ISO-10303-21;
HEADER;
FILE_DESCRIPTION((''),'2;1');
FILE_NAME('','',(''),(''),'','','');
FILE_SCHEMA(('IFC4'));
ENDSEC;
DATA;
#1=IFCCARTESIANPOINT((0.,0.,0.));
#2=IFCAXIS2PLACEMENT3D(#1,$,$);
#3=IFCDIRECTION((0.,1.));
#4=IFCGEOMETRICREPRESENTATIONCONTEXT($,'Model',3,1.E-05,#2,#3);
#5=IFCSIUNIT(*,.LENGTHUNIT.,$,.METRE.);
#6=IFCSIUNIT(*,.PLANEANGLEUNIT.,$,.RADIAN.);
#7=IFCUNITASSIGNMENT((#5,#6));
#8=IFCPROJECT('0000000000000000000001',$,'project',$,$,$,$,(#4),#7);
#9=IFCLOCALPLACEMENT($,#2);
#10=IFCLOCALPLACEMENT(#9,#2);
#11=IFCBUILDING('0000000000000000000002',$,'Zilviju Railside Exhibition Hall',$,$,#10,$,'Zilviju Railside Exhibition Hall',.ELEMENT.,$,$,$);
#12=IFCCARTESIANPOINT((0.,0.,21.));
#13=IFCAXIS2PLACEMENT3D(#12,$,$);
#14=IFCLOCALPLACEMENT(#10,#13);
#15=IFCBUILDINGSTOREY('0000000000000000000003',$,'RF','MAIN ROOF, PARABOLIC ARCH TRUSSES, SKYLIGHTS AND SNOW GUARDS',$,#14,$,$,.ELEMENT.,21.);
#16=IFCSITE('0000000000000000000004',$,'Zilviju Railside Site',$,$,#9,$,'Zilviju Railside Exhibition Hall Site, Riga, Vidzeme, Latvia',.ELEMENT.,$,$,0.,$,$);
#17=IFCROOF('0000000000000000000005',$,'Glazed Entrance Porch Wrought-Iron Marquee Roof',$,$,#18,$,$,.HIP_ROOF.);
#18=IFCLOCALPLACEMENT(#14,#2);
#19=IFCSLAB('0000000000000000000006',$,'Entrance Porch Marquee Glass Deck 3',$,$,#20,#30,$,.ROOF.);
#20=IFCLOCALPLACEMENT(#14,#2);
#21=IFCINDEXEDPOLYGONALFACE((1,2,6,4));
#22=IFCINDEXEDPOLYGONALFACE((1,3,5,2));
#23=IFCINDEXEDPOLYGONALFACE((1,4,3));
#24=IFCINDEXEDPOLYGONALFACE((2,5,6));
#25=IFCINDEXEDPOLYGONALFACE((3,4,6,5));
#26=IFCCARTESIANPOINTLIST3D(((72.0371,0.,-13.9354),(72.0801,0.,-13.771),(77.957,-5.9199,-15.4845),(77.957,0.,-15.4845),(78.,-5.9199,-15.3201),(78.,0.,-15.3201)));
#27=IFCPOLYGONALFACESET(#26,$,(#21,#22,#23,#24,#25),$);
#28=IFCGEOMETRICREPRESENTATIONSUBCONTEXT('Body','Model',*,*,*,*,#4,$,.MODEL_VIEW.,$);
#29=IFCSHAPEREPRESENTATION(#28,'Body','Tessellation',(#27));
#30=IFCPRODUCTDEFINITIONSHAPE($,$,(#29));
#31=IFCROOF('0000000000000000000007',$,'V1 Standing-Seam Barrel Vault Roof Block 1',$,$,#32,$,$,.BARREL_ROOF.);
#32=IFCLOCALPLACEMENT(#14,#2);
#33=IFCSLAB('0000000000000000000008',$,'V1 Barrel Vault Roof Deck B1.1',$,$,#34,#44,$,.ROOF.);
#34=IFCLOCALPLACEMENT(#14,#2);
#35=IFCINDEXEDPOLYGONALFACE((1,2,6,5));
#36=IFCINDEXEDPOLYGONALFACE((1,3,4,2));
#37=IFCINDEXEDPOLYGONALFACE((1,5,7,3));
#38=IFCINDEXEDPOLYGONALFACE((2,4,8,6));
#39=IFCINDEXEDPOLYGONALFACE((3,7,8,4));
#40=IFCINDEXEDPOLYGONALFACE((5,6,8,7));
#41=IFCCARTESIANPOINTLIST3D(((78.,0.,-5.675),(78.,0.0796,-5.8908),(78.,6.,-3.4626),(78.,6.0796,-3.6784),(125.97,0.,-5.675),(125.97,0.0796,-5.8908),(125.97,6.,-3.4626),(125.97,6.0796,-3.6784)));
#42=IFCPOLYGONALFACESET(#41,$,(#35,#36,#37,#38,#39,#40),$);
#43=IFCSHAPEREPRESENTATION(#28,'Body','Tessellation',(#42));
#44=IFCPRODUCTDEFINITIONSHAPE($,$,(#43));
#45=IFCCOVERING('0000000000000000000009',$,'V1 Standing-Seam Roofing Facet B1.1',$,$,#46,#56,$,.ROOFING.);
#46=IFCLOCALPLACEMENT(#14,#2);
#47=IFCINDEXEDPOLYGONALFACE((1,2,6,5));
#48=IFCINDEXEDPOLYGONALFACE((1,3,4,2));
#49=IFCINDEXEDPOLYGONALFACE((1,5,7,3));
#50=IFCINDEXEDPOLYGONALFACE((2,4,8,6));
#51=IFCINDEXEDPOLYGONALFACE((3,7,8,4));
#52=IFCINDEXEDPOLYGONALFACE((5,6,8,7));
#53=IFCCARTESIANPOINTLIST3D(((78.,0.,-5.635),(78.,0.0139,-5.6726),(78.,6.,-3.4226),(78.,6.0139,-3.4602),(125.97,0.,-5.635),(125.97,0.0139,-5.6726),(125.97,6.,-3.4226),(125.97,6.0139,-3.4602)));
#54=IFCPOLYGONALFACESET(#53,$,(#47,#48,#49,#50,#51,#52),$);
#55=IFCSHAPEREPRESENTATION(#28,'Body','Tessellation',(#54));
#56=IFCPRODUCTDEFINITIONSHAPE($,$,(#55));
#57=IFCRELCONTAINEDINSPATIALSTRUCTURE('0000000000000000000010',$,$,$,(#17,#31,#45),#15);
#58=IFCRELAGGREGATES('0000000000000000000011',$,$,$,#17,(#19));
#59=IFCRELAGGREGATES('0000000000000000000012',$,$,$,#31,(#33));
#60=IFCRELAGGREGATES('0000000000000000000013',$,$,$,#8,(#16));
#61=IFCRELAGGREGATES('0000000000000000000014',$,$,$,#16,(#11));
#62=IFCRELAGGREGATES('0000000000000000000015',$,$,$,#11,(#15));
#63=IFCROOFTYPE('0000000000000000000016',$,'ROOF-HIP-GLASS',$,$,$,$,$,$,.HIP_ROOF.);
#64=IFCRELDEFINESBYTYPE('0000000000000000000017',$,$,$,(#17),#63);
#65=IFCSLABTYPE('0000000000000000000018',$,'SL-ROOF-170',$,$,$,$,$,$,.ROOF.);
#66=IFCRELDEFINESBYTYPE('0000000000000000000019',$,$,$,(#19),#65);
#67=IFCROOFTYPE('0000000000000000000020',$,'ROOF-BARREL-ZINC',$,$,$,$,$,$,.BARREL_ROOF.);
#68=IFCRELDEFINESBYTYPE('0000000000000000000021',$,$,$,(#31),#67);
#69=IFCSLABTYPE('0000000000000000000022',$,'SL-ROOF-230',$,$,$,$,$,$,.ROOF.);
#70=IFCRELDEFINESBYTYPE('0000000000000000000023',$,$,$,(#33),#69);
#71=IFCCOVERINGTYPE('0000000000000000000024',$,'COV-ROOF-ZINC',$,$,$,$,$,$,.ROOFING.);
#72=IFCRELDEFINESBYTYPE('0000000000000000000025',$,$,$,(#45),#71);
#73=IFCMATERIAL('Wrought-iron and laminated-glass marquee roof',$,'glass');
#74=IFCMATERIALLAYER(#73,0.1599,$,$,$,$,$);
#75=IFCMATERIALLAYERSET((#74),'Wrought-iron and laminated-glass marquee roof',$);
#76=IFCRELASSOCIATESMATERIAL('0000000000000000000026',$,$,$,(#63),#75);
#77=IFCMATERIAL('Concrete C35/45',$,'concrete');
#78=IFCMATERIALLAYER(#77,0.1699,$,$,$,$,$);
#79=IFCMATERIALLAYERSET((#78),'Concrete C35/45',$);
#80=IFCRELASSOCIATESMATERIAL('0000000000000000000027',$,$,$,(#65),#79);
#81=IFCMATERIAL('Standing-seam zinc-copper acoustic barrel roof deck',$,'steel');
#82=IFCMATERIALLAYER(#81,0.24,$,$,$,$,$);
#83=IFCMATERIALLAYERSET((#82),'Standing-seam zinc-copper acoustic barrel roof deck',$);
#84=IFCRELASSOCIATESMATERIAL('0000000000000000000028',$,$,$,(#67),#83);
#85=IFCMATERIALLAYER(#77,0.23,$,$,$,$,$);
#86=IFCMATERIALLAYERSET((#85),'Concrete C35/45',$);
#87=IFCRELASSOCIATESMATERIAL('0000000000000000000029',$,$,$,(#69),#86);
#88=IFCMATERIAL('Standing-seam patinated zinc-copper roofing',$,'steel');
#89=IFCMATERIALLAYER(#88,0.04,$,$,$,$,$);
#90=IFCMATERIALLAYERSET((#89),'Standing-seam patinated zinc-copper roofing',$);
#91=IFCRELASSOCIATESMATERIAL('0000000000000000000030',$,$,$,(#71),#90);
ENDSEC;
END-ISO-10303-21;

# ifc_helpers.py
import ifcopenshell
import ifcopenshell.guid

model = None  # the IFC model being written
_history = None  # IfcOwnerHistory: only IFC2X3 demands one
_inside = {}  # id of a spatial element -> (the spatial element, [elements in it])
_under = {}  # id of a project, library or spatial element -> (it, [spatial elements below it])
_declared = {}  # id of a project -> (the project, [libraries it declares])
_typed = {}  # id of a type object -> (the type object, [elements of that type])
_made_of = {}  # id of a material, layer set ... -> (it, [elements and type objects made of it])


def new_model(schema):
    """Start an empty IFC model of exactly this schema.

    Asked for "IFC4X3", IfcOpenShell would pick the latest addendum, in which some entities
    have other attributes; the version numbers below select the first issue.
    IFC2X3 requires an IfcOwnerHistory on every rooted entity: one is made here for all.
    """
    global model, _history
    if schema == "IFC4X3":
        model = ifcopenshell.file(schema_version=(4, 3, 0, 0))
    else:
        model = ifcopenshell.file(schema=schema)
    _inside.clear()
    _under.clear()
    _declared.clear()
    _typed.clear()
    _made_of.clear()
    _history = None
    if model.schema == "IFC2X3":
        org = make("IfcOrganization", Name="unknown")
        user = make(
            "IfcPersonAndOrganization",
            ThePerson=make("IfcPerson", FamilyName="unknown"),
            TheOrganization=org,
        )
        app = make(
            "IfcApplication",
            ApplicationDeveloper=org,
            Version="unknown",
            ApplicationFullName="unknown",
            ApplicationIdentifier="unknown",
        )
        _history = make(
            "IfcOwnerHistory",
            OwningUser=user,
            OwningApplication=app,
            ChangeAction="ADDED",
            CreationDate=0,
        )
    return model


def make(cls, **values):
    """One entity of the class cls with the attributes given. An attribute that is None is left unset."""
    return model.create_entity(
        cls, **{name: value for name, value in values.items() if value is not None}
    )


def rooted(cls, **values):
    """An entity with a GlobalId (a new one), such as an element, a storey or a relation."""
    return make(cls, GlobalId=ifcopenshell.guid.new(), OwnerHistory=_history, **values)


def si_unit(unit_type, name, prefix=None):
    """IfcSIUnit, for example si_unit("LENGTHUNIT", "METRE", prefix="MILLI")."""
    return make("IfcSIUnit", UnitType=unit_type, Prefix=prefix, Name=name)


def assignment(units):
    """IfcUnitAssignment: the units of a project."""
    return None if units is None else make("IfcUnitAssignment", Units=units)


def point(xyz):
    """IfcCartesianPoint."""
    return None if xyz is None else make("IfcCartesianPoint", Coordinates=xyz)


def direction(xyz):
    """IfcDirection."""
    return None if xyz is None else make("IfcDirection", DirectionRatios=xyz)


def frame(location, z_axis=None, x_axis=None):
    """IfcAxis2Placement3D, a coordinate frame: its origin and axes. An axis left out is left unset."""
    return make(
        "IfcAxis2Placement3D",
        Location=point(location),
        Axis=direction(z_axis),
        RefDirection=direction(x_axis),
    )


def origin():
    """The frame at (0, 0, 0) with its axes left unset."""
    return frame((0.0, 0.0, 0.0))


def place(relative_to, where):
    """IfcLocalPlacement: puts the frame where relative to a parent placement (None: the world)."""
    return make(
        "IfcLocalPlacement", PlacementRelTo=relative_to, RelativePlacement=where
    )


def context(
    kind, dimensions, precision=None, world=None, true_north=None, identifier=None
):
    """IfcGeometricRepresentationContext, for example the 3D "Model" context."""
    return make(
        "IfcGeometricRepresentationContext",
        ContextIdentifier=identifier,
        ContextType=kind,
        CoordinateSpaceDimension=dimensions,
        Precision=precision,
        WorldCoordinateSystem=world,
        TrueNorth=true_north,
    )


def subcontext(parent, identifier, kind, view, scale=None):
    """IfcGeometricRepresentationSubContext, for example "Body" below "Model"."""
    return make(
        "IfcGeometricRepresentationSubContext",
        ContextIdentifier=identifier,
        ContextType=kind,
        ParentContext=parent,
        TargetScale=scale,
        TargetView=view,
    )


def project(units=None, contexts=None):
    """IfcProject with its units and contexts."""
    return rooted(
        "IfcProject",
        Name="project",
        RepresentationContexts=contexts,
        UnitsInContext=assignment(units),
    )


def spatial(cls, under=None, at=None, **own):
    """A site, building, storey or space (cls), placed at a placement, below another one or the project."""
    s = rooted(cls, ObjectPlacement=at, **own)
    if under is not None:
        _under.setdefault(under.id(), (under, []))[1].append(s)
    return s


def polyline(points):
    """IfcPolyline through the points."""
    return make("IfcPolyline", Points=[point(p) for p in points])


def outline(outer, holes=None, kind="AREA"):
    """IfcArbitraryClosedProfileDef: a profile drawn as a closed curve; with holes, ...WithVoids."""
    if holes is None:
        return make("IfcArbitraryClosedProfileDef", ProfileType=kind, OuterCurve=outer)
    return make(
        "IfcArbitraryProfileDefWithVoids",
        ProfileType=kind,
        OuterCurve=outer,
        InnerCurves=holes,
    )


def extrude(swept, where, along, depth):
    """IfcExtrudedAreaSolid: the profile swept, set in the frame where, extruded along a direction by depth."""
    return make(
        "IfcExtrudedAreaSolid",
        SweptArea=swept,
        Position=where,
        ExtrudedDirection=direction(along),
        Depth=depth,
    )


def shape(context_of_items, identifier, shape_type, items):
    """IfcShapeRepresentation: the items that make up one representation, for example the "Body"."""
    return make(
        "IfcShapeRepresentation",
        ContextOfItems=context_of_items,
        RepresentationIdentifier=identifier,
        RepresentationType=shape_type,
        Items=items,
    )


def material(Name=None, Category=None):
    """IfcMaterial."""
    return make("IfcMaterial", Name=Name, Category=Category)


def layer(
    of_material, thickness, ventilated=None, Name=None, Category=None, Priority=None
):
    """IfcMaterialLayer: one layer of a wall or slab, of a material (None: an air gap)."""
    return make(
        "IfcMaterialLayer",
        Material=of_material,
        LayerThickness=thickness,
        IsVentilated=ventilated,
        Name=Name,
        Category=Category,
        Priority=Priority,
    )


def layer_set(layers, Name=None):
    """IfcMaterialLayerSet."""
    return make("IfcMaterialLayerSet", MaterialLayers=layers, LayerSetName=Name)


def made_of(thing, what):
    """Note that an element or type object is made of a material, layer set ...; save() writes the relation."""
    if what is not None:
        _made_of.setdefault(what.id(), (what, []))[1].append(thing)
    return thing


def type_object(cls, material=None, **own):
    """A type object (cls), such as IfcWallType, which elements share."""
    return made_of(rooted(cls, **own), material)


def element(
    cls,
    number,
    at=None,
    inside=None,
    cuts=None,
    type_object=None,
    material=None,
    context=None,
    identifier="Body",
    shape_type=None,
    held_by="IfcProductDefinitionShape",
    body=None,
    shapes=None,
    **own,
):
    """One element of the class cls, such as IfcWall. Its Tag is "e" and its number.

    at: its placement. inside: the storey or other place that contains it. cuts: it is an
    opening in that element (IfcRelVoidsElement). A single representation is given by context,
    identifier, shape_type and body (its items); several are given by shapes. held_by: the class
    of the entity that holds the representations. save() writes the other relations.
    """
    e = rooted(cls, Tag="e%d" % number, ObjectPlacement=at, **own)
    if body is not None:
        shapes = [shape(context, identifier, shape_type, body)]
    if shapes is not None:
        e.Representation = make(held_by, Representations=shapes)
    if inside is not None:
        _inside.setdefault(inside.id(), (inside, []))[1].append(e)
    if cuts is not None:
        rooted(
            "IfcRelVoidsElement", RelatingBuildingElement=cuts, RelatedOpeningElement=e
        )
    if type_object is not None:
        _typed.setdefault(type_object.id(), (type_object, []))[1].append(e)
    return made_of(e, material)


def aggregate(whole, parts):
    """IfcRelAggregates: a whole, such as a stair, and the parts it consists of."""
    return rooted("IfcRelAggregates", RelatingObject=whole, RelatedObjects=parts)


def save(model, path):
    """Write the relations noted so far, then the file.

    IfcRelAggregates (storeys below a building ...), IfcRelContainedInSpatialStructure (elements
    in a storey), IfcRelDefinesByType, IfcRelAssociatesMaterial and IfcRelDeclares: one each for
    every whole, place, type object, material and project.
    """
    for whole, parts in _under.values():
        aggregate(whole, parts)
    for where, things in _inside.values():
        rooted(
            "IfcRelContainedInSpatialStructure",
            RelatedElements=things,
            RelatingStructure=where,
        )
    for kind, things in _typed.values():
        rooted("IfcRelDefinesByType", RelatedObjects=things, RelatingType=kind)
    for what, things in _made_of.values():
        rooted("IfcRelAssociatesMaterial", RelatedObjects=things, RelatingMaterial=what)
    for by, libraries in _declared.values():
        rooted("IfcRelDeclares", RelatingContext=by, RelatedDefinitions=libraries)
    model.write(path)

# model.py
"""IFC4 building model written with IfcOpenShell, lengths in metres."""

from ifc_helpers import new_model, si_unit, direction, frame, origin, place, context, subcontext, project, spatial, polyline, outline, extrude, material, layer, layer_set, type_object, element, aggregate, save


model = new_model("IFC4")

# Units and contexts
model_context = context("Model", 3, precision=1e-05, world=origin(), true_north=direction((0.0, 1.0)))
body_context = subcontext(model_context, "Body", "Model", "MODEL_VIEW")
ifc_project = project(units=[si_unit("LENGTHUNIT", "METRE"), si_unit("PLANEANGLEUNIT", "RADIAN")], contexts=[model_context])

# Site, building, storey
site_placement = place(None, origin())
site = spatial("IfcSite", under=ifc_project, at=site_placement, Name="Zilviju Railside Site", LongName="Zilviju Railside Exhibition Hall Site, Riga, Vidzeme, Latvia", CompositionType="ELEMENT", RefElevation=0.0)
building_placement = place(site_placement, origin())
building = spatial("IfcBuilding", under=site, at=building_placement, Name="Zilviju Railside Exhibition Hall", LongName="Zilviju Railside Exhibition Hall", CompositionType="ELEMENT")
storey_placement = place(building_placement, frame((0.0, 0.0, 21.0)))
storey = spatial("IfcBuildingStorey", under=building, at=storey_placement, Name="RF", Description="MAIN ROOF, PARABOLIC ARCH TRUSSES, SKYLIGHTS AND SNOW GUARDS", CompositionType="ELEMENT", Elevation=21.0)

# Roofs, slabs
ifc_material_1 = material(Name="Wrought-iron and laminated-glass marquee roof", Category="glass")
ifc_layer_1 = layer(ifc_material_1, 0.1599)
ifc_layer_set_1 = layer_set([ifc_layer_1], Name="Wrought-iron and laminated-glass marquee roof")
roof_type_1 = type_object("IfcRoofType", Name="ROOF-HIP-GLASS", PredefinedType="HIP_ROOF", material=ifc_layer_set_1)
roof_1_placement = place(storey_placement, origin())
roof_1 = element("IfcRoof", 1, at=roof_1_placement, inside=storey, type_object=roof_type_1, Name="Glazed Entrance Porch Wrought-Iron Marquee Roof", PredefinedType="HIP_ROOF")
ifc_material_2 = material(Name="Concrete C35/45", Category="concrete")
ifc_layer_2 = layer(ifc_material_2, 0.1699)
ifc_layer_set_2 = layer_set([ifc_layer_2], Name="Concrete C35/45")
slab_type_1 = type_object("IfcSlabType", Name="SL-ROOF-170", PredefinedType="ROOF", material=ifc_layer_set_2)
slab_1_placement = place(storey_placement, frame((78.0, -5.9199, -15.3201), z_axis=(0.253148, 0.0, 0.967428), x_axis=(0.0, 1.0, 0.0)))
slab_1 = element("IfcSlab", 2, at=slab_1_placement, type_object=slab_type_1, Name="Entrance Porch Marquee Glass Deck 3", PredefinedType="ROOF", context=body_context, shape_type="SweptSolid", body=[
    extrude(outline(polyline([(0.0, 0.0), (5.9199, 0.0), (5.9199, 6.1192), (0.0, 0.0)])), origin(), (0.0, 0.0, -1.0), 0.1699),
])
aggregate(roof_1, [slab_1])
ifc_material_3 = material(Name="Standing-seam zinc-copper acoustic barrel roof deck", Category="steel")
ifc_layer_3 = layer(ifc_material_3, 0.24)
ifc_layer_set_3 = layer_set([ifc_layer_3], Name="Standing-seam zinc-copper acoustic barrel roof deck")
roof_type_2 = type_object("IfcRoofType", Name="ROOF-BARREL-ZINC", PredefinedType="BARREL_ROOF", material=ifc_layer_set_3)
roof_2_placement = place(storey_placement, origin())
roof_2 = element("IfcRoof", 3, at=roof_2_placement, inside=storey, type_object=roof_type_2, Name="V1 Standing-Seam Barrel Vault Roof Block 1", PredefinedType="BARREL_ROOF")
ifc_layer_4 = layer(ifc_material_2, 0.23)
ifc_layer_set_4 = layer_set([ifc_layer_4], Name="Concrete C35/45")
slab_type_2 = type_object("IfcSlabType", Name="SL-ROOF-230", PredefinedType="ROOF", material=ifc_layer_set_4)
slab_2_placement = place(storey_placement, frame((78.0, 0.0, -5.675), z_axis=(0.0, -0.345964, 0.938248), x_axis=(1.0, 0.0, 0.0)))
slab_2 = element("IfcSlab", 4, at=slab_2_placement, type_object=slab_type_2, Name="V1 Barrel Vault Roof Deck B1.1", PredefinedType="ROOF", context=body_context, shape_type="SweptSolid", body=[
    extrude(outline(polyline([(0.0, 0.0), (47.97, 0.0), (47.97, 6.3949), (0.0, 6.3949), (0.0, 0.0)])), origin(), (0.0, 0.0, -1.0), 0.23),
])
aggregate(roof_2, [slab_2])

# Covering
ifc_material_4 = material(Name="Standing-seam patinated zinc-copper roofing", Category="steel")
ifc_layer_5 = layer(ifc_material_4, 0.04)
ifc_layer_set_5 = layer_set([ifc_layer_5], Name="Standing-seam patinated zinc-copper roofing")
covering_type = type_object("IfcCoveringType", Name="COV-ROOF-ZINC", PredefinedType="ROOFING", material=ifc_layer_set_5)
covering_placement = place(storey_placement, frame((78.0, 0.0, -5.635), z_axis=(0.0, -0.345964, 0.938248), x_axis=(1.0, 0.0, 0.0)))
element("IfcCovering", 5, at=covering_placement, inside=storey, type_object=covering_type, Name="V1 Standing-Seam Roofing Facet B1.1", PredefinedType="ROOFING", context=body_context, shape_type="SweptSolid", body=[
    extrude(outline(polyline([(0.0, 0.0), (47.97, 0.0), (47.97, 6.3949), (0.0, 6.3949), (0.0, 0.0)])), origin(), (0.0, 0.0, -1.0), 0.04),
])

save(model, "model.ifc")
